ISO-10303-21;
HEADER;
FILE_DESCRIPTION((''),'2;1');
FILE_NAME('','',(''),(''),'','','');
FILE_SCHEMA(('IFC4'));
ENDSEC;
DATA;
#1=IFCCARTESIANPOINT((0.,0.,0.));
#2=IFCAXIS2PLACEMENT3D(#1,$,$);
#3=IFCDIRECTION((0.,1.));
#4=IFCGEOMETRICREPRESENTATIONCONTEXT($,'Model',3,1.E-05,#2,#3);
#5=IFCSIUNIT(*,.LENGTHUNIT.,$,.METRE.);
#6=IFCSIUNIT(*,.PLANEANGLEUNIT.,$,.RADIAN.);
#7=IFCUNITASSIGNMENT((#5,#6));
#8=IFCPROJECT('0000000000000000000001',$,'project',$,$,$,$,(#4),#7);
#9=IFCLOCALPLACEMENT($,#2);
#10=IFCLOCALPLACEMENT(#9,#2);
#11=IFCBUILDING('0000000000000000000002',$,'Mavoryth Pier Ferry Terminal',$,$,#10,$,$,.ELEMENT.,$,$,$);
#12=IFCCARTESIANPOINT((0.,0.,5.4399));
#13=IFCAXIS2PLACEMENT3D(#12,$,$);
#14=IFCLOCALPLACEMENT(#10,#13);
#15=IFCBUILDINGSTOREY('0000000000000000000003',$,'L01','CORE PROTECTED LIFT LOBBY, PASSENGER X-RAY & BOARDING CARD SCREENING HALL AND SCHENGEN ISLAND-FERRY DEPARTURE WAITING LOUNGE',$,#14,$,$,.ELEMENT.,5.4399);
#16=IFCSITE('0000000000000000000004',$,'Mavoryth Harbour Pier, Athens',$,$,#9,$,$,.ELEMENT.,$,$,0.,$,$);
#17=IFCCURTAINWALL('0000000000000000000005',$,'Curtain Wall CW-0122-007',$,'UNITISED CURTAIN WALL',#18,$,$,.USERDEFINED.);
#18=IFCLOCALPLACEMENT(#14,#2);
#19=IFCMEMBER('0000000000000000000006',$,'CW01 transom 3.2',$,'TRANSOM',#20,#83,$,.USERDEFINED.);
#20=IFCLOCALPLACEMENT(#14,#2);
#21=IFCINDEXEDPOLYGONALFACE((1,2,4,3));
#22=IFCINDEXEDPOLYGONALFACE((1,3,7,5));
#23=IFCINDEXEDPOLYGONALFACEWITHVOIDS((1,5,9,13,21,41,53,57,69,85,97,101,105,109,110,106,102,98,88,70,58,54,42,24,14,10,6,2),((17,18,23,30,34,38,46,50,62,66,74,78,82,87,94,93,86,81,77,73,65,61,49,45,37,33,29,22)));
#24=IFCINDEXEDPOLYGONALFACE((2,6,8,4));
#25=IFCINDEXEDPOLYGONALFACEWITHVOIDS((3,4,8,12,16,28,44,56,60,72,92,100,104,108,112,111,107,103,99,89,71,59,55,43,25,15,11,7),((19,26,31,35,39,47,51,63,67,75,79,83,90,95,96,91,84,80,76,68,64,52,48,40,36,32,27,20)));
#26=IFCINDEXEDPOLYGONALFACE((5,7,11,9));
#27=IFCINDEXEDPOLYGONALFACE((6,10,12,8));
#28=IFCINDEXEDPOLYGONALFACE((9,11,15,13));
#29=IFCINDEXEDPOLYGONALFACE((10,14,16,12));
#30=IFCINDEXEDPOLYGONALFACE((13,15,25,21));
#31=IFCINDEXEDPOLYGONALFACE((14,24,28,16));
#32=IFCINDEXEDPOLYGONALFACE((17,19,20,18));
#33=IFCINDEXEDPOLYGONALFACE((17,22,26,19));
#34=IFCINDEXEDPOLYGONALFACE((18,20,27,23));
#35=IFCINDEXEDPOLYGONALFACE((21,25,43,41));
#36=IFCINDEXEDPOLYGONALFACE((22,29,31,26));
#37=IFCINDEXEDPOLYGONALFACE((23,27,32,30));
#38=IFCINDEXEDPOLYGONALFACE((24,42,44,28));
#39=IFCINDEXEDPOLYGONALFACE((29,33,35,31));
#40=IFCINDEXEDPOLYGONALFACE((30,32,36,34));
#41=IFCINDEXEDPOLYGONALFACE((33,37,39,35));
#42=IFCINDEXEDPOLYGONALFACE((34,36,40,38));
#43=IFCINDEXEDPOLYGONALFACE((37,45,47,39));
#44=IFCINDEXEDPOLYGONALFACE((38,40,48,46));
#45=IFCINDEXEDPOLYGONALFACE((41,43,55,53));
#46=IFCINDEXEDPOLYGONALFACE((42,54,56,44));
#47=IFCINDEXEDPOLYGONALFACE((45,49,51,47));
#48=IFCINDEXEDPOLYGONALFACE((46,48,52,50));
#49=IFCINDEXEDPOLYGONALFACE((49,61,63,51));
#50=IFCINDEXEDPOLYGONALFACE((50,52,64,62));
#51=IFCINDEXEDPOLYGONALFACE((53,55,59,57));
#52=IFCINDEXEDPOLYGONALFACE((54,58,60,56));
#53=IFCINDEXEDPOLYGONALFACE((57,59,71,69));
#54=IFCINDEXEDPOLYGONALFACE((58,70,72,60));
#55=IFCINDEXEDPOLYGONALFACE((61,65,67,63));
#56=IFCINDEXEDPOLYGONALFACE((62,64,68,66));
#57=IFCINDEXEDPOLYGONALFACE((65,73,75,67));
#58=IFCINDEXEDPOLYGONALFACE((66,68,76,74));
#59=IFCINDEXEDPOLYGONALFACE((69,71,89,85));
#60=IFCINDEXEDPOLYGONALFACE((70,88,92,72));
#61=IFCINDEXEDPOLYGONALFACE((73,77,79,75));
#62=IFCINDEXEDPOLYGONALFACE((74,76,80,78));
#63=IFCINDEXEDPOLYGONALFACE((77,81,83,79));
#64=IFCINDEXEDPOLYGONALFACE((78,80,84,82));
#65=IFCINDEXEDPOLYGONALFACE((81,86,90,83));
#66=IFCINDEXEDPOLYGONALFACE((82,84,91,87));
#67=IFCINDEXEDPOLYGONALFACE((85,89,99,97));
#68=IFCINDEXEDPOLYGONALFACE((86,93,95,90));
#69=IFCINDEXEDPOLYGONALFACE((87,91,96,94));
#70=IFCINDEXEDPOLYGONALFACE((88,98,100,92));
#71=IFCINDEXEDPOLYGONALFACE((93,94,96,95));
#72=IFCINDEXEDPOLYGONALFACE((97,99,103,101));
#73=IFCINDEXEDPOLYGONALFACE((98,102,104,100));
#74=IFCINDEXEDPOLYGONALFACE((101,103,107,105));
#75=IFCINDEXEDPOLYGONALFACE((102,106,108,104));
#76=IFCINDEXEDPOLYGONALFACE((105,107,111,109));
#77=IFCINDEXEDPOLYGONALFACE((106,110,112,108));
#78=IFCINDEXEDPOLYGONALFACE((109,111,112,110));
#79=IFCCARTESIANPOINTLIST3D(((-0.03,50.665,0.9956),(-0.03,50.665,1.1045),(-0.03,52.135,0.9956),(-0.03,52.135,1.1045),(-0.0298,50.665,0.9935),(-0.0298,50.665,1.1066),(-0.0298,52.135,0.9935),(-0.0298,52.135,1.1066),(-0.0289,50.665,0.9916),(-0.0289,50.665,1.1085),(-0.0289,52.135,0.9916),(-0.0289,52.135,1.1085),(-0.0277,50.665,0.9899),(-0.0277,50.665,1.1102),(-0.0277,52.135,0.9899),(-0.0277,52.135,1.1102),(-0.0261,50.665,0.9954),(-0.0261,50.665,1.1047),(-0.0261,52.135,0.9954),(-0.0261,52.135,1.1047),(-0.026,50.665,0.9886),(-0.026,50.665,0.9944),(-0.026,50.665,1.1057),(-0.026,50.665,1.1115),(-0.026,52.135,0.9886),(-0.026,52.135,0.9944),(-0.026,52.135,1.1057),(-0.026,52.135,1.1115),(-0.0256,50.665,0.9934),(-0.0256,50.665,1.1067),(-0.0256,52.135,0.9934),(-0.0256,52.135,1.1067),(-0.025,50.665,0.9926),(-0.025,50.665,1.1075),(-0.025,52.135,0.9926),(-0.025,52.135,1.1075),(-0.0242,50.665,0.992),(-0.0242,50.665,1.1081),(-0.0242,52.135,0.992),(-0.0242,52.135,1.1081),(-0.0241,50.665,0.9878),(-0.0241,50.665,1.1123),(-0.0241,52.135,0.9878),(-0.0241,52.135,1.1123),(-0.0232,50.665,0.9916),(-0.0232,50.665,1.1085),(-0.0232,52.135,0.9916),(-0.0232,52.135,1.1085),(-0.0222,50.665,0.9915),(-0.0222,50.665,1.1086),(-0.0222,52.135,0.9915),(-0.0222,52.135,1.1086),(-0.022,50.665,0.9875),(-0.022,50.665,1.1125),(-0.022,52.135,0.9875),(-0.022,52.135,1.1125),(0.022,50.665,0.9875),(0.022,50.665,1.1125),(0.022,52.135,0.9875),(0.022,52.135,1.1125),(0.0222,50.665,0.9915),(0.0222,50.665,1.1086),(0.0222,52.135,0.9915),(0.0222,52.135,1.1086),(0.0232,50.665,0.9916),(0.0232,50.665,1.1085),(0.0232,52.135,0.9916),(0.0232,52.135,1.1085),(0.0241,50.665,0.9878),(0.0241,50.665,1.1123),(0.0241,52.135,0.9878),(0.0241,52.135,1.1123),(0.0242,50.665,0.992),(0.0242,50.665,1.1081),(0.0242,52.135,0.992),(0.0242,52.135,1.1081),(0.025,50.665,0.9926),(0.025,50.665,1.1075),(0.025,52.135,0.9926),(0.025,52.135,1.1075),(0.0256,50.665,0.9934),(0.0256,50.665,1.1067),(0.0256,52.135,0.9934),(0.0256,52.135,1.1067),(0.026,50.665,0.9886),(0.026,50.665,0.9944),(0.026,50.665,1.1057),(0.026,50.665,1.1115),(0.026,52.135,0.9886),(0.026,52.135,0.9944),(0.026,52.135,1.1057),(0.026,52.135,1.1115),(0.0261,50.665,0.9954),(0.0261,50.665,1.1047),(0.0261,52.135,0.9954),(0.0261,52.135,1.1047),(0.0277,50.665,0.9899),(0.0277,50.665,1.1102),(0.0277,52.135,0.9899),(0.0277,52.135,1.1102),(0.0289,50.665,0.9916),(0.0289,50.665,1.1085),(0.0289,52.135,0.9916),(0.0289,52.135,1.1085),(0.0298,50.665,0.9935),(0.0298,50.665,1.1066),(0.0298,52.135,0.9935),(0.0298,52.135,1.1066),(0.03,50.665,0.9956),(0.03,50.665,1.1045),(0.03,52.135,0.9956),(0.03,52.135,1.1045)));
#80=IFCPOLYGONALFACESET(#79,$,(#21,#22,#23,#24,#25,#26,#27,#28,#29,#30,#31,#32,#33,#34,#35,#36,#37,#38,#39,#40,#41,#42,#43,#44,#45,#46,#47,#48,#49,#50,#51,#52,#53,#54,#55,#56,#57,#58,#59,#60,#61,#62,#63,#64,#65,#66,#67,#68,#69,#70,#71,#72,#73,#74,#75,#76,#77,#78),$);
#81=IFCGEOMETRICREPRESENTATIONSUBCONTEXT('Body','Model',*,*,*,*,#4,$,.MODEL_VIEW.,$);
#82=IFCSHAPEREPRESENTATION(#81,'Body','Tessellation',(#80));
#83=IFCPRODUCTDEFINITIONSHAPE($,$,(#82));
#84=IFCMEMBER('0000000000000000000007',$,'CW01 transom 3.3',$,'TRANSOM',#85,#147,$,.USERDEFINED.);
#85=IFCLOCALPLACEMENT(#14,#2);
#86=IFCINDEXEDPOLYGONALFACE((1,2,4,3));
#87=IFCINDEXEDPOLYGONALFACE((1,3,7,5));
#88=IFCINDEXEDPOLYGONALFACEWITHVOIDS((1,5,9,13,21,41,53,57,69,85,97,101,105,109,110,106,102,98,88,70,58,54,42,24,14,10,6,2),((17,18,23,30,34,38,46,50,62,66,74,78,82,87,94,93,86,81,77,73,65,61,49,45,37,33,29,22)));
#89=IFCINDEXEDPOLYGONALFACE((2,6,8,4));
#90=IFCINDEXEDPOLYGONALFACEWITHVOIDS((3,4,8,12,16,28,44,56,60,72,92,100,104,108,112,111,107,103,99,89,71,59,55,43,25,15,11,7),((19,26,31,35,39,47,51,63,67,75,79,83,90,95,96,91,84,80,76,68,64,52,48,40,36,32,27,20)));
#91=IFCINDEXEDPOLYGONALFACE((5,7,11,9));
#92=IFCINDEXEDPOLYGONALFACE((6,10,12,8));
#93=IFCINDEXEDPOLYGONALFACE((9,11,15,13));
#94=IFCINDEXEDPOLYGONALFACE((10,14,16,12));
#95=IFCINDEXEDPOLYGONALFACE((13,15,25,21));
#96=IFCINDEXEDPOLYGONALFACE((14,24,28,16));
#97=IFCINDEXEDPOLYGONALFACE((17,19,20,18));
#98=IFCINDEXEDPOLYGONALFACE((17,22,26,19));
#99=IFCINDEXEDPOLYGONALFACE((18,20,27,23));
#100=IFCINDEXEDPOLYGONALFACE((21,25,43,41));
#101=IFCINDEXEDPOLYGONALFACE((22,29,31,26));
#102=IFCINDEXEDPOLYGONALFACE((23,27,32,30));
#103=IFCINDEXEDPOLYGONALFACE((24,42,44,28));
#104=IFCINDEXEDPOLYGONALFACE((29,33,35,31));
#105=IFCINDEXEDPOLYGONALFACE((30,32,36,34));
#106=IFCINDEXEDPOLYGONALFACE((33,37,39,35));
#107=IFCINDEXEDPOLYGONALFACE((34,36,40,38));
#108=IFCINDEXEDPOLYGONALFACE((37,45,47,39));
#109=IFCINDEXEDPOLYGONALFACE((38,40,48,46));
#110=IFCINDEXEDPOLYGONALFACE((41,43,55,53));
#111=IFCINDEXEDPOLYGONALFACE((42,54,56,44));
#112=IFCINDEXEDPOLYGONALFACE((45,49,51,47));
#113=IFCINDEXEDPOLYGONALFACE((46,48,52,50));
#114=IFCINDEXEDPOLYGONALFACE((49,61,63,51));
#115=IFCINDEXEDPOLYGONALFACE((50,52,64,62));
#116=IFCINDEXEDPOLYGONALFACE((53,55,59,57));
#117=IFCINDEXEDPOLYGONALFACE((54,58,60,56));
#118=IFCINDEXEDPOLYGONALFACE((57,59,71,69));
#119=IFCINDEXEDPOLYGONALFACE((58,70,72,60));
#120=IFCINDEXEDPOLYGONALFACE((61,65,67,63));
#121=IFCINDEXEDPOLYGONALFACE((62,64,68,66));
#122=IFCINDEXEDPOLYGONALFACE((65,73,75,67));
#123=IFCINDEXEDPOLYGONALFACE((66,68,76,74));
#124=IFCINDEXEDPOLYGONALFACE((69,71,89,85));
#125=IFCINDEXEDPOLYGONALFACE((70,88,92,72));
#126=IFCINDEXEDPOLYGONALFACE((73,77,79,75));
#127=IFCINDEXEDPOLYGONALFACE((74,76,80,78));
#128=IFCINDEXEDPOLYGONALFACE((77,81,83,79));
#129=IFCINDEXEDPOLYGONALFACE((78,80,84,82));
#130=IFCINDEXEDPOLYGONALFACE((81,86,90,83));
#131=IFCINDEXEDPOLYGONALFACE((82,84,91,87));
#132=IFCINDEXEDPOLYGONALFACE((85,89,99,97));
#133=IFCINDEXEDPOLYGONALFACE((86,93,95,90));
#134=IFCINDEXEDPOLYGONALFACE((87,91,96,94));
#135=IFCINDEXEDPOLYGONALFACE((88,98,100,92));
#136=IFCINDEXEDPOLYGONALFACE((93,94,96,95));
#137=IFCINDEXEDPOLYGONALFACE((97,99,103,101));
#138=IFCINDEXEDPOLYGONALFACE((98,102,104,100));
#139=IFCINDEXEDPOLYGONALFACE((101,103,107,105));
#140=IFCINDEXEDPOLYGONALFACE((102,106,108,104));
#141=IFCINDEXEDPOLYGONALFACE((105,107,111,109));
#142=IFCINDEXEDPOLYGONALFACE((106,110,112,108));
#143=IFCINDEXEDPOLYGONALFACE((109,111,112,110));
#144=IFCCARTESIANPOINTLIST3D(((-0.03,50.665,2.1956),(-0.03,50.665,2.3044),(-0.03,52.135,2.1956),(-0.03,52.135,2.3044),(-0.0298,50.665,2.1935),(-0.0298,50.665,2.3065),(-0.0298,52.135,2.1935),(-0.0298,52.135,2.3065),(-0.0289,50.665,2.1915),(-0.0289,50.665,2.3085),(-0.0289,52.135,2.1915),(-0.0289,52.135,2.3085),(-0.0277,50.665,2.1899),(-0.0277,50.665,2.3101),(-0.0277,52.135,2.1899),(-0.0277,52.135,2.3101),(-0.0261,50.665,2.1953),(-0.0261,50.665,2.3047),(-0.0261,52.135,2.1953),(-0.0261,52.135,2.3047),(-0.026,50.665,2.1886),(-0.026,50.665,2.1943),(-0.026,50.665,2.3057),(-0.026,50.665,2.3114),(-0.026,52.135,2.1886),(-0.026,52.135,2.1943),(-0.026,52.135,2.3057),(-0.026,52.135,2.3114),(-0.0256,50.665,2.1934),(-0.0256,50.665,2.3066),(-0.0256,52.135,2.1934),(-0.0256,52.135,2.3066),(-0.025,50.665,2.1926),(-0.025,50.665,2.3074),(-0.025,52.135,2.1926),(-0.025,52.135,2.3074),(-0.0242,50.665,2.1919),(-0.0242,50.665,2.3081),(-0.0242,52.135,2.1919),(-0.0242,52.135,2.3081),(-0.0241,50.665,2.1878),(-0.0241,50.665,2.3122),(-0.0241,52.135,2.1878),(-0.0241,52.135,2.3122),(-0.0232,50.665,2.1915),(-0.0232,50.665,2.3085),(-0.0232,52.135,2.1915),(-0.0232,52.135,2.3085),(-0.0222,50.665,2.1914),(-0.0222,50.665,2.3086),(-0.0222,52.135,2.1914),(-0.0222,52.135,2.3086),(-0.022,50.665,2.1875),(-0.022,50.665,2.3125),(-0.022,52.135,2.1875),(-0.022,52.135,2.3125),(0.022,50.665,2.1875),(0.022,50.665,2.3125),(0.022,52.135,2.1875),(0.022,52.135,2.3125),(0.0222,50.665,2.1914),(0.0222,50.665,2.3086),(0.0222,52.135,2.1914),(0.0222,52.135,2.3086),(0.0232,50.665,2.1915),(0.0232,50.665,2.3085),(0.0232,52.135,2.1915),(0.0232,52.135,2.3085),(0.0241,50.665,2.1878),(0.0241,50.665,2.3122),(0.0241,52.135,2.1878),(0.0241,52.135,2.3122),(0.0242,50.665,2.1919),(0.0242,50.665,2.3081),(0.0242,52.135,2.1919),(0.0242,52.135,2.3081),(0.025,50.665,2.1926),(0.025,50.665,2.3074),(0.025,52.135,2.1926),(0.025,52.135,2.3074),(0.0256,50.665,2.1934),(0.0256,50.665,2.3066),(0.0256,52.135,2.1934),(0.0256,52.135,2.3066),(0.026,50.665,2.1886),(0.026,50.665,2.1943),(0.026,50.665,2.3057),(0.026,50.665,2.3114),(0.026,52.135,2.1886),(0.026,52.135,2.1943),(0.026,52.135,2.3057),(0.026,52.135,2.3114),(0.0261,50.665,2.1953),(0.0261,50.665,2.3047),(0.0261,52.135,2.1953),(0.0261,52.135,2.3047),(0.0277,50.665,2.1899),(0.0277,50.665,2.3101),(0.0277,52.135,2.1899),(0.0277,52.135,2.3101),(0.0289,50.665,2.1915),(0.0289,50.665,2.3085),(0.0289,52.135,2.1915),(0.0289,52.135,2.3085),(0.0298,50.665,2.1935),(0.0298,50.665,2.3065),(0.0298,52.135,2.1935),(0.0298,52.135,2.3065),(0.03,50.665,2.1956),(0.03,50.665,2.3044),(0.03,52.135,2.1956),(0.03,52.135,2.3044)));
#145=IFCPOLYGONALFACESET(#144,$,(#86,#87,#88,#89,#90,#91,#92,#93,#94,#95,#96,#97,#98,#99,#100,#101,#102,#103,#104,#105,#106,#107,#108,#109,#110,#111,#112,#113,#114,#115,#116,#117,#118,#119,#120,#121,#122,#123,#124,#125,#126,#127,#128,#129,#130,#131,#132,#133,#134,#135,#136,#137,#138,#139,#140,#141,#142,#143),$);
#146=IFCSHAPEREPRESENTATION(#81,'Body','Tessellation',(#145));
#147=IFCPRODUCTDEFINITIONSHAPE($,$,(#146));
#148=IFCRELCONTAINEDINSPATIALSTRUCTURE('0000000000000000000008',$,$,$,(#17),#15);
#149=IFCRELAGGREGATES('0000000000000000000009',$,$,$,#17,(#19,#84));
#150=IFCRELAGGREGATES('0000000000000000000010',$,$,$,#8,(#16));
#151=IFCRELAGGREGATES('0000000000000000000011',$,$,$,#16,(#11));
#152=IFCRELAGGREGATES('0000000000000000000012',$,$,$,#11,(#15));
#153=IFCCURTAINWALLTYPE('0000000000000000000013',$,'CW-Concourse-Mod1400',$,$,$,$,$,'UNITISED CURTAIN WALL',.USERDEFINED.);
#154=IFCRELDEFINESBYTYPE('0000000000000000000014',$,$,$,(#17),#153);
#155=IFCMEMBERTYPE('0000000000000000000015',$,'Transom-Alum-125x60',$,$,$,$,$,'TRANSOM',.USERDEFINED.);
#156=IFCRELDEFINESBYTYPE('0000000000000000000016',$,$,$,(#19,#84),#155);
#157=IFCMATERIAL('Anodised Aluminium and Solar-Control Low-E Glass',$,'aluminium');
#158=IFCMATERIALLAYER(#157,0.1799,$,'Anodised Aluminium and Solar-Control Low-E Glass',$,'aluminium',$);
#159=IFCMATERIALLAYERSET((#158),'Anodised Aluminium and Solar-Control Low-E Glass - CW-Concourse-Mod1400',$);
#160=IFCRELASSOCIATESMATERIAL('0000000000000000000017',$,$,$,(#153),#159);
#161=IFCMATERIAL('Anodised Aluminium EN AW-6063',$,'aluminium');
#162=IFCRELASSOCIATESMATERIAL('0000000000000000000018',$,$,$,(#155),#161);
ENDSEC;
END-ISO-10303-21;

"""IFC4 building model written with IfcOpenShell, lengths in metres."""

from ifc_helpers import new_model, si_unit, direction, frame, origin, origin_2d, place, context, subcontext, project, spatial, hollow_rectangle, extrude, material, layer, layer_set, material_profile, profile_set, type_object, element, aggregate, save


model = new_model("IFC4")

# Units and contexts
model_context = context("Model", 3, precision=1e-05, world=origin(), true_north=direction((0.0, 1.0)))
body_context = subcontext(model_context, "Body", "Model", "MODEL_VIEW")
ifc_project = project(units=[si_unit("LENGTHUNIT", "METRE"), si_unit("PLANEANGLEUNIT", "RADIAN")], contexts=[model_context])

# Site, building, storey
site_placement = place(None, origin())
site = spatial("IfcSite", under=ifc_project, at=site_placement, Name="Mavoryth Harbour Pier, Athens", CompositionType="ELEMENT", RefElevation=0.0)
building_placement = place(site_placement, origin())
building = spatial("IfcBuilding", under=site, at=building_placement, Name="Mavoryth Pier Ferry Terminal", CompositionType="ELEMENT")
storey_placement = place(building_placement, frame((0.0, 0.0, 5.4399)))
storey = spatial("IfcBuildingStorey", under=building, at=storey_placement, Name="L01", Description="CORE PROTECTED LIFT LOBBY, PASSENGER X-RAY & BOARDING CARD SCREENING HALL AND SCHENGEN ISLAND-FERRY DEPARTURE WAITING LOUNGE", CompositionType="ELEMENT", Elevation=5.4399)

# Curtain wall
ifc_material_1 = material(Name="Anodised Aluminium and Solar-Control Low-E Glass", Category="aluminium")
ifc_layer_1 = layer(ifc_material_1, 0.1799, Name="Anodised Aluminium and Solar-Control Low-E Glass", Category="aluminium")
ifc_layer_set_1 = layer_set([ifc_layer_1], Name="Anodised Aluminium and Solar-Control Low-E Glass - CW-Concourse-Mod1400")
curtain_wall_type = type_object("IfcCurtainWallType", Name="CW-Concourse-Mod1400", ElementType="UNITISED CURTAIN WALL", PredefinedType="USERDEFINED", material=ifc_layer_set_1)
curtain_wall_placement = place(storey_placement, origin())
curtain_wall = element("IfcCurtainWall", 1, at=curtain_wall_placement, inside=storey, type_object=curtain_wall_type, Name="Curtain Wall CW-0122-007", ObjectType="UNITISED CURTAIN WALL", PredefinedType="USERDEFINED")
ifc_material_2 = material(Name="Anodised Aluminium EN AW-6063", Category="aluminium")

# Members
ifc_material_profile_1 = material_profile(ifc_material_2, hollow_rectangle(XDim=0.0601, YDim=0.125, WallThickness=0.0039, InnerFilletRadius=0.0039, OuterFilletRadius=0.0081, at=origin_2d()), Name="AL-TRAN 125x60x4", Category="aluminium")
ifc_profile_set_1 = profile_set([ifc_material_profile_1], Name="Anodised Aluminium EN AW-6063 - AL-TRAN 125x60x4")
member_type_1 = type_object("IfcMemberType", Name="Transom-Alum-125x60", ElementType="TRANSOM", PredefinedType="USERDEFINED", material=ifc_profile_set_1)
member_1_placement = place(storey_placement, frame((0.0, 52.135, 1.05), z_axis=(0.0, -1.0, 0.0), x_axis=(1.0, 0.0, 0.0)))
member_1 = element("IfcMember", 2, at=member_1_placement, type_object=member_type_1, Name="CW01 transom 3.2", ObjectType="TRANSOM", PredefinedType="USERDEFINED", context=body_context, shape_type="SweptSolid", body=[
    extrude(hollow_rectangle(XDim=0.0601, YDim=0.125, WallThickness=0.0039, InnerFilletRadius=0.0039, OuterFilletRadius=0.0081, at=origin_2d()), origin(), (0.0, 0.0, 1.0), 1.47),
])
member_2_placement = place(storey_placement, frame((0.0, 52.135, 2.25), z_axis=(0.0, -1.0, 0.0), x_axis=(1.0, 0.0, 0.0)))
member_2 = element("IfcMember", 3, at=member_2_placement, type_object=member_type_1, Name="CW01 transom 3.3", ObjectType="TRANSOM", PredefinedType="USERDEFINED", context=body_context, shape_type="SweptSolid", body=[
    extrude(hollow_rectangle(XDim=0.0601, YDim=0.125, WallThickness=0.0039, InnerFilletRadius=0.0039, OuterFilletRadius=0.0081, at=origin_2d()), origin(), (0.0, 0.0, 1.0), 1.47),
])

aggregate(curtain_wall, [member_1, member_2])

save(model, "model.ifc")
